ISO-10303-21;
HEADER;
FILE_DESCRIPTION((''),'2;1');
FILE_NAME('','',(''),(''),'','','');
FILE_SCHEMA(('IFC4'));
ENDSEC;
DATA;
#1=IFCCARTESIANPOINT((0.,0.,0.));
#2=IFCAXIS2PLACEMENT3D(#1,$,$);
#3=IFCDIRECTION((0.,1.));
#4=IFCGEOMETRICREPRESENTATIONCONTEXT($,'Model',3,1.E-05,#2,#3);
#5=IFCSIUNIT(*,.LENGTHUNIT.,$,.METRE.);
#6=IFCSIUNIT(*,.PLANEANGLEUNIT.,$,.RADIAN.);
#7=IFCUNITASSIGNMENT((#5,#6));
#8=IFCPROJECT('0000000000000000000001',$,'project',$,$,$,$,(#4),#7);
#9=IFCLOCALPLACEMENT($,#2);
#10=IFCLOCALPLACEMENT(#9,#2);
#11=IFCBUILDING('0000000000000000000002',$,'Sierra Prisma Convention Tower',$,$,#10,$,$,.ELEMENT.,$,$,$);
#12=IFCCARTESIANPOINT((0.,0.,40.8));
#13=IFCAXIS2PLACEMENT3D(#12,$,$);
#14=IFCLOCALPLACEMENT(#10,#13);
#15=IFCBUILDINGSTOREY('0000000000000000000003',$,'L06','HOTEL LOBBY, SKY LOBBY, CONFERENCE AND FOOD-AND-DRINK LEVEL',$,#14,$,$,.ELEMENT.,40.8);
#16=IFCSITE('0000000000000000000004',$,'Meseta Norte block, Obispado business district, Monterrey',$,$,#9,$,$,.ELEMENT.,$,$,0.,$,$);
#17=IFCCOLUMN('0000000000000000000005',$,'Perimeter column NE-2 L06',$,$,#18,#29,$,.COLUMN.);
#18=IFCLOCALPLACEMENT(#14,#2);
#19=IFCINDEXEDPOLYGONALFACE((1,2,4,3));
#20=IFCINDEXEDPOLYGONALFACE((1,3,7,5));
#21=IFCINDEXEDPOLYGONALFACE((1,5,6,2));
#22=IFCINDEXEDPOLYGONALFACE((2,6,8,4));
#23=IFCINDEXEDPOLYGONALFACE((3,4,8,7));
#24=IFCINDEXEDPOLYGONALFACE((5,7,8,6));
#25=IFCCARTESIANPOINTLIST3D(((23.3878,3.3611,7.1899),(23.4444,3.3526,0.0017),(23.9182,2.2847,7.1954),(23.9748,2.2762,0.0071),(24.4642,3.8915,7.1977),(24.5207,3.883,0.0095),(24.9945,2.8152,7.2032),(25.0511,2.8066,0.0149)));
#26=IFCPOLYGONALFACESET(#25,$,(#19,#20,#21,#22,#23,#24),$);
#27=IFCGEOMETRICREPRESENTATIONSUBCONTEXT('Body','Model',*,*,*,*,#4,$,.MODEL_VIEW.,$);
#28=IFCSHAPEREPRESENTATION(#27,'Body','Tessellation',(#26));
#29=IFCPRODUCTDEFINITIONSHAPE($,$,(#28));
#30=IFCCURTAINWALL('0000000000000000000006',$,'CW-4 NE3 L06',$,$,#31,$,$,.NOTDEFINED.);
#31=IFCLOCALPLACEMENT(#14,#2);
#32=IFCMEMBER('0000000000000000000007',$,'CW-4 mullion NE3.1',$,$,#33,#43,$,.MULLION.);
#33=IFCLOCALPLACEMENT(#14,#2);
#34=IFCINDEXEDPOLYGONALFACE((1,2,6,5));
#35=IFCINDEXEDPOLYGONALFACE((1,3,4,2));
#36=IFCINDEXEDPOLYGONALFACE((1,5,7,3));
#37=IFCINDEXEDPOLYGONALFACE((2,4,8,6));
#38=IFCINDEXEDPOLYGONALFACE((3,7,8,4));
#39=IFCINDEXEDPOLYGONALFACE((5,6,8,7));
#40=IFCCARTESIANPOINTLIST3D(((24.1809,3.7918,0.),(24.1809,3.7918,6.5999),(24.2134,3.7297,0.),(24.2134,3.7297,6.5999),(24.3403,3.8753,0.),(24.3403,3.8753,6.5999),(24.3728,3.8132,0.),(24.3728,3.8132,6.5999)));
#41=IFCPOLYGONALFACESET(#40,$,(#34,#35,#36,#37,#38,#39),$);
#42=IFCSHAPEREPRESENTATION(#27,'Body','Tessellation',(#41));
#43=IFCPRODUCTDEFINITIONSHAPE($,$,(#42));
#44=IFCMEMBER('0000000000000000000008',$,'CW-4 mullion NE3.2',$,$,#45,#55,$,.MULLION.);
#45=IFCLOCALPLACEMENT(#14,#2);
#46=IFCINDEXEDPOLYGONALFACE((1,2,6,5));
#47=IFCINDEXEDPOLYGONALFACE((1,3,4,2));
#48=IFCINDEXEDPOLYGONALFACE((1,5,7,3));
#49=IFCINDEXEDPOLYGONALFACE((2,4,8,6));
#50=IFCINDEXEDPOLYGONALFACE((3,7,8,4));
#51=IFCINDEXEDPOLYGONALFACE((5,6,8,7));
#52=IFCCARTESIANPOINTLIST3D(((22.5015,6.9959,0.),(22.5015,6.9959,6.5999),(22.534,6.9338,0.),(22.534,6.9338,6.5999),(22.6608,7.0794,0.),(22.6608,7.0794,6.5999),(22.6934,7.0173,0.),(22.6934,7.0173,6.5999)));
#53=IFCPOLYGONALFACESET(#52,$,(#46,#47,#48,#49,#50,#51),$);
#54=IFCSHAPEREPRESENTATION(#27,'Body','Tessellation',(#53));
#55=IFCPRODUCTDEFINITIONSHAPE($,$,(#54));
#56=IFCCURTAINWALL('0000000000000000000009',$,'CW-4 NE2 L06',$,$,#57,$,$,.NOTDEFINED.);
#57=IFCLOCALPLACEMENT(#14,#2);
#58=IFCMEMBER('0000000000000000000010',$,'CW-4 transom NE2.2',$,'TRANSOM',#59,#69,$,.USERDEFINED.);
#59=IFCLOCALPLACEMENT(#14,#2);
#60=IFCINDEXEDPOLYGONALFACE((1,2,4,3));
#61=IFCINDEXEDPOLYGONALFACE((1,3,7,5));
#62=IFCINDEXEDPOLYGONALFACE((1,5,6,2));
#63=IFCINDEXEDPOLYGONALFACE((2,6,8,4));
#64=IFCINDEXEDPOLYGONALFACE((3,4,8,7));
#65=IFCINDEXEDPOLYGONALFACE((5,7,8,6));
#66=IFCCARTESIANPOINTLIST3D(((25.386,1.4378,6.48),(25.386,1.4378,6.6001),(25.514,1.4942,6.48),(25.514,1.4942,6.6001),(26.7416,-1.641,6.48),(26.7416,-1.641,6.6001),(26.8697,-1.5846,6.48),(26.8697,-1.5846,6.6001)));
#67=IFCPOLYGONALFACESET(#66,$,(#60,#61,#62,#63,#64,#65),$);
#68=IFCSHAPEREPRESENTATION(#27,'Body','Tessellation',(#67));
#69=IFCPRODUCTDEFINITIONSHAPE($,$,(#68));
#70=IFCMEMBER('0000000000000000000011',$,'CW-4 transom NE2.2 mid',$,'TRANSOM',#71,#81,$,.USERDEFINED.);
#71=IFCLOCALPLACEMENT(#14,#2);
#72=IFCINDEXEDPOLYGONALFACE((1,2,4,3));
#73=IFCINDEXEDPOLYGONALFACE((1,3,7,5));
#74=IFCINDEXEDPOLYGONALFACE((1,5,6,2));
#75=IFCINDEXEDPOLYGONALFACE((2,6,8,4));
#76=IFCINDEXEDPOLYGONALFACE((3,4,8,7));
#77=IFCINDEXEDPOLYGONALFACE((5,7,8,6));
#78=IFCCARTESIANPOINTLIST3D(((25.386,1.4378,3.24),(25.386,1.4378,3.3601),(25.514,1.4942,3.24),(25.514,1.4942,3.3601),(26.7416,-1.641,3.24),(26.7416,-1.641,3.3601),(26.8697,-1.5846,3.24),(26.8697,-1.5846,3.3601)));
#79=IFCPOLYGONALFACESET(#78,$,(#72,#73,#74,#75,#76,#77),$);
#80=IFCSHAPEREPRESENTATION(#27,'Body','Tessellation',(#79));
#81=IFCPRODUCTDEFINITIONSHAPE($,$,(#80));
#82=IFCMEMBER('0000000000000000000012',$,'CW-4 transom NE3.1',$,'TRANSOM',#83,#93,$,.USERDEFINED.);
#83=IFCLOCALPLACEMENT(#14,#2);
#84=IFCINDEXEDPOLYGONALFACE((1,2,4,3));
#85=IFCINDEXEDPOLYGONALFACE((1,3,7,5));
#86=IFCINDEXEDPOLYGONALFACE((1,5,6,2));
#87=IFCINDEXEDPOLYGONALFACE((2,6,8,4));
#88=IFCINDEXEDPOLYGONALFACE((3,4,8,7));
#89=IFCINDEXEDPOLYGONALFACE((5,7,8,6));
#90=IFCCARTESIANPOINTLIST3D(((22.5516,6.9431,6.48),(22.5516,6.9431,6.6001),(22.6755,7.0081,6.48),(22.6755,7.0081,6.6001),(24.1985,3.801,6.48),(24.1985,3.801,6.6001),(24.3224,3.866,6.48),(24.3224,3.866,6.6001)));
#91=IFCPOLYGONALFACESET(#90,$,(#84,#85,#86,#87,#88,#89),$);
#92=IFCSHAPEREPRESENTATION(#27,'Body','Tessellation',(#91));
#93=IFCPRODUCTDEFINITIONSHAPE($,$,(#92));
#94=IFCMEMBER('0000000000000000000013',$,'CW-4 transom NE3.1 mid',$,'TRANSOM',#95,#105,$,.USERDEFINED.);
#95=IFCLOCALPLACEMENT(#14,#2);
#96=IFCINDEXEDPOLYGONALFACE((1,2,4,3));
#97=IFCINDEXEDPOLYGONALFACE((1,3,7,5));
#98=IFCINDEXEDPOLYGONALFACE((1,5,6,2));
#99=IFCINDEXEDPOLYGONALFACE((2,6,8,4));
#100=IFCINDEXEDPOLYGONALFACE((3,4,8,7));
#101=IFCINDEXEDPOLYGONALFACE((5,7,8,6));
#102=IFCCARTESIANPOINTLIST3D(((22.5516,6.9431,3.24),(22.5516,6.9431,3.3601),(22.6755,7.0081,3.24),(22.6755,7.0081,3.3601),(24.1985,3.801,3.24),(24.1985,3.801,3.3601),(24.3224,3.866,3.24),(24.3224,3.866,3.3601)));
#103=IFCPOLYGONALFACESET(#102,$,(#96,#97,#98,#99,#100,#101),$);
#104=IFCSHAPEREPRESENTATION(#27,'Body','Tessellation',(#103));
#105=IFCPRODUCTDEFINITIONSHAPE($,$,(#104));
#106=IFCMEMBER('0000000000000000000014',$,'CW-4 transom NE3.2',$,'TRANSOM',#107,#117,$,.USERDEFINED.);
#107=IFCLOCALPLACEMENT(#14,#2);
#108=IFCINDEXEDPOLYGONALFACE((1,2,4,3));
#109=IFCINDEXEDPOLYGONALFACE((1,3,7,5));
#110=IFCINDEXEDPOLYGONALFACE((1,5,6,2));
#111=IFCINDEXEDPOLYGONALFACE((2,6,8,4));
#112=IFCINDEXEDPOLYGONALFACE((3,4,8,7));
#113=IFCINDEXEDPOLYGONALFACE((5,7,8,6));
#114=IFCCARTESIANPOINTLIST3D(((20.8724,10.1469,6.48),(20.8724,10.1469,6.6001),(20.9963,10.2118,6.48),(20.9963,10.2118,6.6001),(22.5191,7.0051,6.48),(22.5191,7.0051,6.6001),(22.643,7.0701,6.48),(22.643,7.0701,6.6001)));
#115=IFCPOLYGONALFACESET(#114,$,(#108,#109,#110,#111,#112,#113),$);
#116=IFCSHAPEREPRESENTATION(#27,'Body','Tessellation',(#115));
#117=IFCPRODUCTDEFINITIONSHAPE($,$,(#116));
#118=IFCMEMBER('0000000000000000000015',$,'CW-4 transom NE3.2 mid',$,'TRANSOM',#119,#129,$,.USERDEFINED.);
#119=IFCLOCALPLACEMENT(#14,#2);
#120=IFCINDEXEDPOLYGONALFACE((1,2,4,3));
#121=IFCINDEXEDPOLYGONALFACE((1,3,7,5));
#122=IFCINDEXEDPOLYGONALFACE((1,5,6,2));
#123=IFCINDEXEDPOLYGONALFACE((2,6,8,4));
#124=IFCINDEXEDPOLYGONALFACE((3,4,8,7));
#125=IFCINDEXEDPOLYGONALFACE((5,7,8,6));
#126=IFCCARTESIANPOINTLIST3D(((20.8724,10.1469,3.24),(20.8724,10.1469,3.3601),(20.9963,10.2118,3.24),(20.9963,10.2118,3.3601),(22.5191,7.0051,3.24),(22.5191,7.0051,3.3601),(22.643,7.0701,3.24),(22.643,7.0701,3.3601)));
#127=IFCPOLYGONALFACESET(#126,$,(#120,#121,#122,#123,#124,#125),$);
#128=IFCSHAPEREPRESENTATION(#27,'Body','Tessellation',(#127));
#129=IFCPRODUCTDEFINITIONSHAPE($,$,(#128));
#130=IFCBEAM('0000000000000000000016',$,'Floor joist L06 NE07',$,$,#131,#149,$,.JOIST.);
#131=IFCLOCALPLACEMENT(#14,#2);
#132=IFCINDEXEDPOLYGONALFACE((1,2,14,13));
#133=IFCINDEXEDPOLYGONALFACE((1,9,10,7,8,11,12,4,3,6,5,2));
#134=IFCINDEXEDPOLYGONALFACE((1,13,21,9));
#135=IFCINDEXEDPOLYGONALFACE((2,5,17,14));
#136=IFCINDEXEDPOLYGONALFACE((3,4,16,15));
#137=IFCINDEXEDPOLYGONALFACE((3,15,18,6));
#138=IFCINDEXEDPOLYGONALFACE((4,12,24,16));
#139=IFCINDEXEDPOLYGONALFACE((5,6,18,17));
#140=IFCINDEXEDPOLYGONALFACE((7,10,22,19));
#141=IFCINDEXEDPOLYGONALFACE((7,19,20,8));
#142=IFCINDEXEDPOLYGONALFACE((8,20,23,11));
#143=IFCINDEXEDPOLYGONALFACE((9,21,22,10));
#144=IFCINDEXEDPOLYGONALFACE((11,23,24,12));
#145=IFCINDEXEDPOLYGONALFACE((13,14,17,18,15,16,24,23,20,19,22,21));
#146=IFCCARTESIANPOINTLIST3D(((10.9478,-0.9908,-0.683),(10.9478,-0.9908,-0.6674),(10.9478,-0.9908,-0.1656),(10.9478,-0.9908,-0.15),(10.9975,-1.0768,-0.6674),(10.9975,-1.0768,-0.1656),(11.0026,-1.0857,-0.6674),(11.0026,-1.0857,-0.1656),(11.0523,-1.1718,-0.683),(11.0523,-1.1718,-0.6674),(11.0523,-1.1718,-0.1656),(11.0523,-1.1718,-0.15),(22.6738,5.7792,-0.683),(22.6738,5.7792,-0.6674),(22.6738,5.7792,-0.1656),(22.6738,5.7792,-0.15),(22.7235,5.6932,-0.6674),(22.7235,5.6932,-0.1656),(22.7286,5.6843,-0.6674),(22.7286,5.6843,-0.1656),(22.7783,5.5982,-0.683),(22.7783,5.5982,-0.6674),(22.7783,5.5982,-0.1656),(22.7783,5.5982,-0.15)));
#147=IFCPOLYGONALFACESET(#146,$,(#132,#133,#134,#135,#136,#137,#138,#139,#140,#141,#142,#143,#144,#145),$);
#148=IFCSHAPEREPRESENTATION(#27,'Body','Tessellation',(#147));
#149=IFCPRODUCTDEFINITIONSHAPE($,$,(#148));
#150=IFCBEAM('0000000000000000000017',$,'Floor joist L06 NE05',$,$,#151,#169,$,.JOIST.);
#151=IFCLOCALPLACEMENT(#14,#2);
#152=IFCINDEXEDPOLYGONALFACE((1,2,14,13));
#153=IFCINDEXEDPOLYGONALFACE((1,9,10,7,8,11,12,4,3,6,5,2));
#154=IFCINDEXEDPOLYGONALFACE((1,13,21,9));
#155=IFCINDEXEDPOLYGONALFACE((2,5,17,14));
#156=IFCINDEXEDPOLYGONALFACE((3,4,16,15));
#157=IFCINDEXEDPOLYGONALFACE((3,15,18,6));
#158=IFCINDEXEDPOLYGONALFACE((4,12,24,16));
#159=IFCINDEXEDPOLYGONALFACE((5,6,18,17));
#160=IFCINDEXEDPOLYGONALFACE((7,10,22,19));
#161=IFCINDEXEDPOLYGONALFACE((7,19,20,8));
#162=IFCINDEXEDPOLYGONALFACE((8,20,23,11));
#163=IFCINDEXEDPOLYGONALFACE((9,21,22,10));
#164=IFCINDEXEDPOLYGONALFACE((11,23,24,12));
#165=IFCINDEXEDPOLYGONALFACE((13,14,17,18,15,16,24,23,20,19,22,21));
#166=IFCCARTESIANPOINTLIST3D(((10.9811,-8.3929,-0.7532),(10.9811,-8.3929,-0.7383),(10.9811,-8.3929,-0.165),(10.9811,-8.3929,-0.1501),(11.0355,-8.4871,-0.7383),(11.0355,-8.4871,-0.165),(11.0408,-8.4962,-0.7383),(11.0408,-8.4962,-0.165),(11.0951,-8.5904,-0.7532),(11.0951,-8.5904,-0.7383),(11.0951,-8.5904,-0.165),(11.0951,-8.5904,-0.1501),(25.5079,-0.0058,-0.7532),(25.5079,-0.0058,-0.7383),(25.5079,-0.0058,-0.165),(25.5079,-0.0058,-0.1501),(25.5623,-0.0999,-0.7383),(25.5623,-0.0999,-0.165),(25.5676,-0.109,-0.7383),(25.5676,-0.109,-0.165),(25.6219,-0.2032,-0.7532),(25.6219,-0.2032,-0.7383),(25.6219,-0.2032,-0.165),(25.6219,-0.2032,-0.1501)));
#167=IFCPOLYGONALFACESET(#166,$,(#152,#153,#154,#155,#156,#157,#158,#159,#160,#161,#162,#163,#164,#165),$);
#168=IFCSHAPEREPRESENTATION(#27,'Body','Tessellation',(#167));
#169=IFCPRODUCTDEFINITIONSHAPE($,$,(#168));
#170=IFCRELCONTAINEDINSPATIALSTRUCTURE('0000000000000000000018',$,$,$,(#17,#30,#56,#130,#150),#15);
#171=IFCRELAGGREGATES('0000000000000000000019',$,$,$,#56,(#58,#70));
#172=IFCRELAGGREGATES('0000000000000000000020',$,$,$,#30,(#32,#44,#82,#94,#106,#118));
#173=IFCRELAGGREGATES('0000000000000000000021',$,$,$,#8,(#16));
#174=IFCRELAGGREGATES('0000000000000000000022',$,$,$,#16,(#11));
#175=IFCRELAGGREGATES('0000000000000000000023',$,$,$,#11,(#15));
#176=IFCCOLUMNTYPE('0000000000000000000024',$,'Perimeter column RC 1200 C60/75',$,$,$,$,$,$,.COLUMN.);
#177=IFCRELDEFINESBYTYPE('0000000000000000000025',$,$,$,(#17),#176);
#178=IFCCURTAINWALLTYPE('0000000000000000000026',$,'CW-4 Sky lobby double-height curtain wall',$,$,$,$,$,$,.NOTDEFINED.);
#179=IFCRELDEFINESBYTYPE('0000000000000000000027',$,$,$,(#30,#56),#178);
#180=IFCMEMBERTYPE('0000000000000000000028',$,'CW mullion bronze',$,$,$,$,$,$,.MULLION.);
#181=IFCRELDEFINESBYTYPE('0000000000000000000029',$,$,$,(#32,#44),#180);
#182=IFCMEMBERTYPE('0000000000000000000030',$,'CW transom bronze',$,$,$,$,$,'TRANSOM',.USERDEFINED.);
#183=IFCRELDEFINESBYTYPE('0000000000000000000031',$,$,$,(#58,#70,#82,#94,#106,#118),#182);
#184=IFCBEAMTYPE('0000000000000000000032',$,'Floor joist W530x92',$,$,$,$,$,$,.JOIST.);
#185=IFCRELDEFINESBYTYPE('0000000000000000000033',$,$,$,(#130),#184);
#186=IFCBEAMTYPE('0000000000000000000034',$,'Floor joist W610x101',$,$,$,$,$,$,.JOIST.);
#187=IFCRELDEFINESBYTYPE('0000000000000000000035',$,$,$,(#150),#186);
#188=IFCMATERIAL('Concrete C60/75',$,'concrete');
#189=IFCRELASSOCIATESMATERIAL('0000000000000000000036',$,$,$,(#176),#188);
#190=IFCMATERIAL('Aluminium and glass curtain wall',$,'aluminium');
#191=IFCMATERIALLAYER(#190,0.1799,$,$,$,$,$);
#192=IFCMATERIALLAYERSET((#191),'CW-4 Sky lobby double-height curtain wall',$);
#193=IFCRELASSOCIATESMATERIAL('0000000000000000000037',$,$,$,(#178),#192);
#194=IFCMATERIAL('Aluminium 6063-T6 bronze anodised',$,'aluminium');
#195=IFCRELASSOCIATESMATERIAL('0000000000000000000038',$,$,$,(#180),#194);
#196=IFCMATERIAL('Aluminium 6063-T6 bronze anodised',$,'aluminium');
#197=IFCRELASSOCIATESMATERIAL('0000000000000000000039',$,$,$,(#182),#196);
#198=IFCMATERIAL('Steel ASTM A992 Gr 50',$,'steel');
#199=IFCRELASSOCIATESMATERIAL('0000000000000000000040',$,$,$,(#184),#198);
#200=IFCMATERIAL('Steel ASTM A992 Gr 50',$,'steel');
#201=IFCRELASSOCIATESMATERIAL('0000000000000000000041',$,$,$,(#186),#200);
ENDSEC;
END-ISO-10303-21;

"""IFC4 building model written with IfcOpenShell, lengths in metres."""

from ifc_helpers import new_model, si_unit, direction, frame, origin, origin_2d, place, context, subcontext, project, spatial, rectangle, i_section, extrude, clip, halfspace, material, layer, layer_set, material_profile, profile_set, type_object, element, aggregate, save


model = new_model("IFC4")

# Units and contexts
model_context = context("Model", 3, precision=1e-05, world=origin(), true_north=direction((0.0, 1.0)))
body_context = subcontext(model_context, "Body", "Model", "MODEL_VIEW")
ifc_project = project(units=[si_unit("LENGTHUNIT", "METRE"), si_unit("PLANEANGLEUNIT", "RADIAN")], contexts=[model_context])

# Site, building, storey
site_placement = place(None, origin())
site = spatial("IfcSite", under=ifc_project, at=site_placement, Name="Meseta Norte block, Obispado business district, Monterrey", CompositionType="ELEMENT", RefElevation=0.0)
building_placement = place(site_placement, origin())
building = spatial("IfcBuilding", under=site, at=building_placement, Name="Sierra Prisma Convention Tower", CompositionType="ELEMENT")
storey_placement = place(building_placement, frame((0.0, 0.0, 40.8)))
storey = spatial("IfcBuildingStorey", under=building, at=storey_placement, Name="L06", Description="HOTEL LOBBY, SKY LOBBY, CONFERENCE AND FOOD-AND-DRINK LEVEL", CompositionType="ELEMENT", Elevation=40.8)

# Column
ifc_material_1 = material(Name="Concrete C60/75", Category="concrete")
ifc_material_profile_1 = material_profile(ifc_material_1, rectangle(XDim=1.2, YDim=1.2, at=origin_2d()), Name="Perimeter column RC 1200 C60/75")
ifc_profile_set_1 = profile_set([ifc_material_profile_1], Name="Concrete C60/75")
column_type = type_object("IfcColumnType", Name="Perimeter column RC 1200 C60/75", PredefinedType="COLUMN", material=ifc_profile_set_1)
column_placement = place(storey_placement, frame((24.2478, 3.0796, 0.0), z_axis=(-0.007867, 0.001187, 0.999968), x_axis=(-0.442009, 0.896999, -0.004542)))
element("IfcColumn", 1, at=column_placement, inside=storey, type_object=column_type, Name="Perimeter column NE-2 L06", PredefinedType="COLUMN", context=body_context, shape_type="SweptSolid", body=[
    clip(clip(extrude(rectangle(XDim=1.2, YDim=1.2, at=origin_2d()), origin(), (0.0, 0.0, 1.0), 7.2002), halfspace(frame((0.0, 0.0, 0.0083)), True)), halfspace(frame((0.0, 0.0, 7.1968)), False)),
])

# Curtain walls, members
ifc_material_2 = material(Name="Aluminium and glass curtain wall", Category="aluminium")
ifc_layer_1 = layer(ifc_material_2, 0.1799)
ifc_layer_set_1 = layer_set([ifc_layer_1], Name="CW-4 Sky lobby double-height curtain wall")
curtain_wall_type = type_object("IfcCurtainWallType", Name="CW-4 Sky lobby double-height curtain wall", PredefinedType="NOTDEFINED", material=ifc_layer_set_1)
curtain_wall_1_placement = place(storey_placement, origin())
curtain_wall_1 = element("IfcCurtainWall", 2, at=curtain_wall_1_placement, inside=storey, type_object=curtain_wall_type, Name="CW-4 NE3 L06", PredefinedType="NOTDEFINED")
ifc_material_3 = material(Name="Aluminium 6063-T6 bronze anodised", Category="aluminium")
ifc_material_profile_2 = material_profile(ifc_material_3, rectangle(XDim=0.1799, YDim=0.0701, at=origin_2d()), Name="ALU MULLION 70x180")
ifc_profile_set_2 = profile_set([ifc_material_profile_2], Name="Aluminium 6063-T6 bronze anodised")
member_type_1 = type_object("IfcMemberType", Name="CW mullion bronze", PredefinedType="MULLION", material=ifc_profile_set_2)
member_1_placement = place(storey_placement, frame((24.2769, 3.8025, 0.0), z_axis=(0.0, 0.0, 1.0), x_axis=(-0.885704, -0.464251, 0.0)))
member_1 = element("IfcMember", 3, at=member_1_placement, type_object=member_type_1, Name="CW-4 mullion NE3.1", PredefinedType="MULLION", context=body_context, shape_type="SweptSolid", body=[
    extrude(rectangle(XDim=0.1799, YDim=0.0701, at=origin_2d()), origin(), (0.0, 0.0, 1.0), 6.5999),
])
member_2_placement = place(storey_placement, frame((22.5974, 7.0066, 0.0), z_axis=(0.0, 0.0, 1.0), x_axis=(-0.885704, -0.464251, 0.0)))
member_2 = element("IfcMember", 4, at=member_2_placement, type_object=member_type_1, Name="CW-4 mullion NE3.2", PredefinedType="MULLION", context=body_context, shape_type="SweptSolid", body=[
    extrude(rectangle(XDim=0.1799, YDim=0.0701, at=origin_2d()), origin(), (0.0, 0.0, 1.0), 6.5999),
])
curtain_wall_2_placement = place(storey_placement, origin())
curtain_wall_2 = element("IfcCurtainWall", 5, at=curtain_wall_2_placement, inside=storey, type_object=curtain_wall_type, Name="CW-4 NE2 L06", PredefinedType="NOTDEFINED")
ifc_material_4 = material(Name="Aluminium 6063-T6 bronze anodised", Category="aluminium")
ifc_material_profile_3 = material_profile(ifc_material_4, rectangle(XDim=0.1399, YDim=0.1201, at=origin_2d()), Name="ALU TRANSOM 120x140")
ifc_profile_set_3 = profile_set([ifc_material_profile_3], Name="Aluminium 6063-T6 bronze anodised")
member_type_2 = type_object("IfcMemberType", Name="CW transom bronze", ElementType="TRANSOM", PredefinedType="USERDEFINED", material=ifc_profile_set_3)
member_3_placement = place(storey_placement, frame((26.8057, -1.6128, 6.54), z_axis=(-0.402992, 0.915204, 0.0), x_axis=(-0.915204, -0.402992, 0.0)))
member_3 = element("IfcMember", 6, at=member_3_placement, type_object=member_type_2, Name="CW-4 transom NE2.2", ObjectType="TRANSOM", PredefinedType="USERDEFINED", context=body_context, shape_type="SweptSolid", body=[
    extrude(rectangle(XDim=0.1399, YDim=0.1201, at=origin_2d()), origin(), (0.0, 0.0, 1.0), 3.364),
])
member_4_placement = place(storey_placement, frame((26.8057, -1.6128, 3.3), z_axis=(-0.402992, 0.915204, 0.0), x_axis=(-0.915204, -0.402992, 0.0)))
member_4 = element("IfcMember", 7, at=member_4_placement, type_object=member_type_2, Name="CW-4 transom NE2.2 mid", ObjectType="TRANSOM", PredefinedType="USERDEFINED", context=body_context, shape_type="SweptSolid", body=[
    extrude(rectangle(XDim=0.1399, YDim=0.1201, at=origin_2d()), origin(), (0.0, 0.0, 1.0), 3.364),
])

# Members
member_5_placement = place(storey_placement, frame((24.2605, 3.8335, 6.54), z_axis=(-0.464254, 0.885702, 0.0), x_axis=(-0.885702, -0.464254, 0.0)))
member_5 = element("IfcMember", 8, at=member_5_placement, type_object=member_type_2, Name="CW-4 transom NE3.1", ObjectType="TRANSOM", PredefinedType="USERDEFINED", context=body_context, shape_type="SweptSolid", body=[
    extrude(rectangle(XDim=0.1399, YDim=0.1201, at=origin_2d()), origin(), (0.0, 0.0, 1.0), 3.5476),
])
member_6_placement = place(storey_placement, frame((24.2605, 3.8335, 3.3), z_axis=(-0.464254, 0.885702, 0.0), x_axis=(-0.885702, -0.464254, 0.0)))
member_6 = element("IfcMember", 9, at=member_6_placement, type_object=member_type_2, Name="CW-4 transom NE3.1 mid", ObjectType="TRANSOM", PredefinedType="USERDEFINED", context=body_context, shape_type="SweptSolid", body=[
    extrude(rectangle(XDim=0.1399, YDim=0.1201, at=origin_2d()), origin(), (0.0, 0.0, 1.0), 3.5476),
])
member_7_placement = place(storey_placement, frame((22.5811, 7.0376, 6.54), z_axis=(-0.464228, 0.885716, 0.0), x_axis=(-0.885716, -0.464228, 0.0)))
member_7 = element("IfcMember", 10, at=member_7_placement, type_object=member_type_2, Name="CW-4 transom NE3.2", ObjectType="TRANSOM", PredefinedType="USERDEFINED", context=body_context, shape_type="SweptSolid", body=[
    extrude(rectangle(XDim=0.1399, YDim=0.1201, at=origin_2d()), origin(), (0.0, 0.0, 1.0), 3.5471),
])
member_8_placement = place(storey_placement, frame((22.5811, 7.0376, 3.3), z_axis=(-0.464228, 0.885716, 0.0), x_axis=(-0.885716, -0.464228, 0.0)))
member_8 = element("IfcMember", 11, at=member_8_placement, type_object=member_type_2, Name="CW-4 transom NE3.2 mid", ObjectType="TRANSOM", PredefinedType="USERDEFINED", context=body_context, shape_type="SweptSolid", body=[
    extrude(rectangle(XDim=0.1399, YDim=0.1201, at=origin_2d()), origin(), (0.0, 0.0, 1.0), 3.5471),
])

# Beams
ifc_material_5 = material(Name="Steel ASTM A992 Gr 50", Category="steel")
ifc_material_profile_4 = material_profile(ifc_material_5, i_section(OverallWidth=0.209, OverallDepth=0.533, WebThickness=0.0103, FlangeThickness=0.0156, at=origin_2d()), Name="W530x92")
ifc_profile_set_4 = profile_set([ifc_material_profile_4], Name="Steel ASTM A992 Gr 50")
beam_type_1 = type_object("IfcBeamType", Name="Floor joist W530x92", PredefinedType="JOIST", material=ifc_profile_set_4)
beam_1_placement = place(storey_placement, frame((22.7261, 5.6887, -0.4165), z_axis=(-0.866026, -0.499998, 0.0), x_axis=(0.499998, -0.866026, 0.0)))
element("IfcBeam", 12, at=beam_1_placement, inside=storey, type_object=beam_type_1, Name="Floor joist L06 NE07", PredefinedType="JOIST", context=body_context, shape_type="SweptSolid", body=[
    extrude(i_section(OverallWidth=0.209, OverallDepth=0.533, WebThickness=0.0103, FlangeThickness=0.0156, at=origin_2d()), origin(), (0.0, 0.0, 1.0), 13.54),
])
ifc_material_6 = material(Name="Steel ASTM A992 Gr 50", Category="steel")
ifc_material_profile_5 = material_profile(ifc_material_6, i_section(OverallWidth=0.228, OverallDepth=0.603, WebThickness=0.0105, FlangeThickness=0.0149, at=origin_2d()), Name="W610x101")
ifc_profile_set_5 = profile_set([ifc_material_profile_5], Name="Steel ASTM A992 Gr 50")
beam_type_2 = type_object("IfcBeamType", Name="Floor joist W610x101", PredefinedType="JOIST", material=ifc_profile_set_5)
beam_2_placement = place(storey_placement, frame((25.5649, -0.1045, -0.4517), z_axis=(-0.866022, -0.500006, 0.0), x_axis=(0.500006, -0.866022, 0.0)))
element("IfcBeam", 13, at=beam_2_placement, inside=storey, type_object=beam_type_2, Name="Floor joist L06 NE05", PredefinedType="JOIST", context=body_context, shape_type="SweptSolid", body=[
    extrude(i_section(OverallWidth=0.228, OverallDepth=0.603, WebThickness=0.0105, FlangeThickness=0.0149, at=origin_2d()), origin(), (0.0, 0.0, 1.0), 16.7742),
])

aggregate(curtain_wall_2, [member_3, member_4])
aggregate(curtain_wall_1, [member_1, member_2, member_5, member_6, member_7, member_8])

save(model, "model.ifc")
